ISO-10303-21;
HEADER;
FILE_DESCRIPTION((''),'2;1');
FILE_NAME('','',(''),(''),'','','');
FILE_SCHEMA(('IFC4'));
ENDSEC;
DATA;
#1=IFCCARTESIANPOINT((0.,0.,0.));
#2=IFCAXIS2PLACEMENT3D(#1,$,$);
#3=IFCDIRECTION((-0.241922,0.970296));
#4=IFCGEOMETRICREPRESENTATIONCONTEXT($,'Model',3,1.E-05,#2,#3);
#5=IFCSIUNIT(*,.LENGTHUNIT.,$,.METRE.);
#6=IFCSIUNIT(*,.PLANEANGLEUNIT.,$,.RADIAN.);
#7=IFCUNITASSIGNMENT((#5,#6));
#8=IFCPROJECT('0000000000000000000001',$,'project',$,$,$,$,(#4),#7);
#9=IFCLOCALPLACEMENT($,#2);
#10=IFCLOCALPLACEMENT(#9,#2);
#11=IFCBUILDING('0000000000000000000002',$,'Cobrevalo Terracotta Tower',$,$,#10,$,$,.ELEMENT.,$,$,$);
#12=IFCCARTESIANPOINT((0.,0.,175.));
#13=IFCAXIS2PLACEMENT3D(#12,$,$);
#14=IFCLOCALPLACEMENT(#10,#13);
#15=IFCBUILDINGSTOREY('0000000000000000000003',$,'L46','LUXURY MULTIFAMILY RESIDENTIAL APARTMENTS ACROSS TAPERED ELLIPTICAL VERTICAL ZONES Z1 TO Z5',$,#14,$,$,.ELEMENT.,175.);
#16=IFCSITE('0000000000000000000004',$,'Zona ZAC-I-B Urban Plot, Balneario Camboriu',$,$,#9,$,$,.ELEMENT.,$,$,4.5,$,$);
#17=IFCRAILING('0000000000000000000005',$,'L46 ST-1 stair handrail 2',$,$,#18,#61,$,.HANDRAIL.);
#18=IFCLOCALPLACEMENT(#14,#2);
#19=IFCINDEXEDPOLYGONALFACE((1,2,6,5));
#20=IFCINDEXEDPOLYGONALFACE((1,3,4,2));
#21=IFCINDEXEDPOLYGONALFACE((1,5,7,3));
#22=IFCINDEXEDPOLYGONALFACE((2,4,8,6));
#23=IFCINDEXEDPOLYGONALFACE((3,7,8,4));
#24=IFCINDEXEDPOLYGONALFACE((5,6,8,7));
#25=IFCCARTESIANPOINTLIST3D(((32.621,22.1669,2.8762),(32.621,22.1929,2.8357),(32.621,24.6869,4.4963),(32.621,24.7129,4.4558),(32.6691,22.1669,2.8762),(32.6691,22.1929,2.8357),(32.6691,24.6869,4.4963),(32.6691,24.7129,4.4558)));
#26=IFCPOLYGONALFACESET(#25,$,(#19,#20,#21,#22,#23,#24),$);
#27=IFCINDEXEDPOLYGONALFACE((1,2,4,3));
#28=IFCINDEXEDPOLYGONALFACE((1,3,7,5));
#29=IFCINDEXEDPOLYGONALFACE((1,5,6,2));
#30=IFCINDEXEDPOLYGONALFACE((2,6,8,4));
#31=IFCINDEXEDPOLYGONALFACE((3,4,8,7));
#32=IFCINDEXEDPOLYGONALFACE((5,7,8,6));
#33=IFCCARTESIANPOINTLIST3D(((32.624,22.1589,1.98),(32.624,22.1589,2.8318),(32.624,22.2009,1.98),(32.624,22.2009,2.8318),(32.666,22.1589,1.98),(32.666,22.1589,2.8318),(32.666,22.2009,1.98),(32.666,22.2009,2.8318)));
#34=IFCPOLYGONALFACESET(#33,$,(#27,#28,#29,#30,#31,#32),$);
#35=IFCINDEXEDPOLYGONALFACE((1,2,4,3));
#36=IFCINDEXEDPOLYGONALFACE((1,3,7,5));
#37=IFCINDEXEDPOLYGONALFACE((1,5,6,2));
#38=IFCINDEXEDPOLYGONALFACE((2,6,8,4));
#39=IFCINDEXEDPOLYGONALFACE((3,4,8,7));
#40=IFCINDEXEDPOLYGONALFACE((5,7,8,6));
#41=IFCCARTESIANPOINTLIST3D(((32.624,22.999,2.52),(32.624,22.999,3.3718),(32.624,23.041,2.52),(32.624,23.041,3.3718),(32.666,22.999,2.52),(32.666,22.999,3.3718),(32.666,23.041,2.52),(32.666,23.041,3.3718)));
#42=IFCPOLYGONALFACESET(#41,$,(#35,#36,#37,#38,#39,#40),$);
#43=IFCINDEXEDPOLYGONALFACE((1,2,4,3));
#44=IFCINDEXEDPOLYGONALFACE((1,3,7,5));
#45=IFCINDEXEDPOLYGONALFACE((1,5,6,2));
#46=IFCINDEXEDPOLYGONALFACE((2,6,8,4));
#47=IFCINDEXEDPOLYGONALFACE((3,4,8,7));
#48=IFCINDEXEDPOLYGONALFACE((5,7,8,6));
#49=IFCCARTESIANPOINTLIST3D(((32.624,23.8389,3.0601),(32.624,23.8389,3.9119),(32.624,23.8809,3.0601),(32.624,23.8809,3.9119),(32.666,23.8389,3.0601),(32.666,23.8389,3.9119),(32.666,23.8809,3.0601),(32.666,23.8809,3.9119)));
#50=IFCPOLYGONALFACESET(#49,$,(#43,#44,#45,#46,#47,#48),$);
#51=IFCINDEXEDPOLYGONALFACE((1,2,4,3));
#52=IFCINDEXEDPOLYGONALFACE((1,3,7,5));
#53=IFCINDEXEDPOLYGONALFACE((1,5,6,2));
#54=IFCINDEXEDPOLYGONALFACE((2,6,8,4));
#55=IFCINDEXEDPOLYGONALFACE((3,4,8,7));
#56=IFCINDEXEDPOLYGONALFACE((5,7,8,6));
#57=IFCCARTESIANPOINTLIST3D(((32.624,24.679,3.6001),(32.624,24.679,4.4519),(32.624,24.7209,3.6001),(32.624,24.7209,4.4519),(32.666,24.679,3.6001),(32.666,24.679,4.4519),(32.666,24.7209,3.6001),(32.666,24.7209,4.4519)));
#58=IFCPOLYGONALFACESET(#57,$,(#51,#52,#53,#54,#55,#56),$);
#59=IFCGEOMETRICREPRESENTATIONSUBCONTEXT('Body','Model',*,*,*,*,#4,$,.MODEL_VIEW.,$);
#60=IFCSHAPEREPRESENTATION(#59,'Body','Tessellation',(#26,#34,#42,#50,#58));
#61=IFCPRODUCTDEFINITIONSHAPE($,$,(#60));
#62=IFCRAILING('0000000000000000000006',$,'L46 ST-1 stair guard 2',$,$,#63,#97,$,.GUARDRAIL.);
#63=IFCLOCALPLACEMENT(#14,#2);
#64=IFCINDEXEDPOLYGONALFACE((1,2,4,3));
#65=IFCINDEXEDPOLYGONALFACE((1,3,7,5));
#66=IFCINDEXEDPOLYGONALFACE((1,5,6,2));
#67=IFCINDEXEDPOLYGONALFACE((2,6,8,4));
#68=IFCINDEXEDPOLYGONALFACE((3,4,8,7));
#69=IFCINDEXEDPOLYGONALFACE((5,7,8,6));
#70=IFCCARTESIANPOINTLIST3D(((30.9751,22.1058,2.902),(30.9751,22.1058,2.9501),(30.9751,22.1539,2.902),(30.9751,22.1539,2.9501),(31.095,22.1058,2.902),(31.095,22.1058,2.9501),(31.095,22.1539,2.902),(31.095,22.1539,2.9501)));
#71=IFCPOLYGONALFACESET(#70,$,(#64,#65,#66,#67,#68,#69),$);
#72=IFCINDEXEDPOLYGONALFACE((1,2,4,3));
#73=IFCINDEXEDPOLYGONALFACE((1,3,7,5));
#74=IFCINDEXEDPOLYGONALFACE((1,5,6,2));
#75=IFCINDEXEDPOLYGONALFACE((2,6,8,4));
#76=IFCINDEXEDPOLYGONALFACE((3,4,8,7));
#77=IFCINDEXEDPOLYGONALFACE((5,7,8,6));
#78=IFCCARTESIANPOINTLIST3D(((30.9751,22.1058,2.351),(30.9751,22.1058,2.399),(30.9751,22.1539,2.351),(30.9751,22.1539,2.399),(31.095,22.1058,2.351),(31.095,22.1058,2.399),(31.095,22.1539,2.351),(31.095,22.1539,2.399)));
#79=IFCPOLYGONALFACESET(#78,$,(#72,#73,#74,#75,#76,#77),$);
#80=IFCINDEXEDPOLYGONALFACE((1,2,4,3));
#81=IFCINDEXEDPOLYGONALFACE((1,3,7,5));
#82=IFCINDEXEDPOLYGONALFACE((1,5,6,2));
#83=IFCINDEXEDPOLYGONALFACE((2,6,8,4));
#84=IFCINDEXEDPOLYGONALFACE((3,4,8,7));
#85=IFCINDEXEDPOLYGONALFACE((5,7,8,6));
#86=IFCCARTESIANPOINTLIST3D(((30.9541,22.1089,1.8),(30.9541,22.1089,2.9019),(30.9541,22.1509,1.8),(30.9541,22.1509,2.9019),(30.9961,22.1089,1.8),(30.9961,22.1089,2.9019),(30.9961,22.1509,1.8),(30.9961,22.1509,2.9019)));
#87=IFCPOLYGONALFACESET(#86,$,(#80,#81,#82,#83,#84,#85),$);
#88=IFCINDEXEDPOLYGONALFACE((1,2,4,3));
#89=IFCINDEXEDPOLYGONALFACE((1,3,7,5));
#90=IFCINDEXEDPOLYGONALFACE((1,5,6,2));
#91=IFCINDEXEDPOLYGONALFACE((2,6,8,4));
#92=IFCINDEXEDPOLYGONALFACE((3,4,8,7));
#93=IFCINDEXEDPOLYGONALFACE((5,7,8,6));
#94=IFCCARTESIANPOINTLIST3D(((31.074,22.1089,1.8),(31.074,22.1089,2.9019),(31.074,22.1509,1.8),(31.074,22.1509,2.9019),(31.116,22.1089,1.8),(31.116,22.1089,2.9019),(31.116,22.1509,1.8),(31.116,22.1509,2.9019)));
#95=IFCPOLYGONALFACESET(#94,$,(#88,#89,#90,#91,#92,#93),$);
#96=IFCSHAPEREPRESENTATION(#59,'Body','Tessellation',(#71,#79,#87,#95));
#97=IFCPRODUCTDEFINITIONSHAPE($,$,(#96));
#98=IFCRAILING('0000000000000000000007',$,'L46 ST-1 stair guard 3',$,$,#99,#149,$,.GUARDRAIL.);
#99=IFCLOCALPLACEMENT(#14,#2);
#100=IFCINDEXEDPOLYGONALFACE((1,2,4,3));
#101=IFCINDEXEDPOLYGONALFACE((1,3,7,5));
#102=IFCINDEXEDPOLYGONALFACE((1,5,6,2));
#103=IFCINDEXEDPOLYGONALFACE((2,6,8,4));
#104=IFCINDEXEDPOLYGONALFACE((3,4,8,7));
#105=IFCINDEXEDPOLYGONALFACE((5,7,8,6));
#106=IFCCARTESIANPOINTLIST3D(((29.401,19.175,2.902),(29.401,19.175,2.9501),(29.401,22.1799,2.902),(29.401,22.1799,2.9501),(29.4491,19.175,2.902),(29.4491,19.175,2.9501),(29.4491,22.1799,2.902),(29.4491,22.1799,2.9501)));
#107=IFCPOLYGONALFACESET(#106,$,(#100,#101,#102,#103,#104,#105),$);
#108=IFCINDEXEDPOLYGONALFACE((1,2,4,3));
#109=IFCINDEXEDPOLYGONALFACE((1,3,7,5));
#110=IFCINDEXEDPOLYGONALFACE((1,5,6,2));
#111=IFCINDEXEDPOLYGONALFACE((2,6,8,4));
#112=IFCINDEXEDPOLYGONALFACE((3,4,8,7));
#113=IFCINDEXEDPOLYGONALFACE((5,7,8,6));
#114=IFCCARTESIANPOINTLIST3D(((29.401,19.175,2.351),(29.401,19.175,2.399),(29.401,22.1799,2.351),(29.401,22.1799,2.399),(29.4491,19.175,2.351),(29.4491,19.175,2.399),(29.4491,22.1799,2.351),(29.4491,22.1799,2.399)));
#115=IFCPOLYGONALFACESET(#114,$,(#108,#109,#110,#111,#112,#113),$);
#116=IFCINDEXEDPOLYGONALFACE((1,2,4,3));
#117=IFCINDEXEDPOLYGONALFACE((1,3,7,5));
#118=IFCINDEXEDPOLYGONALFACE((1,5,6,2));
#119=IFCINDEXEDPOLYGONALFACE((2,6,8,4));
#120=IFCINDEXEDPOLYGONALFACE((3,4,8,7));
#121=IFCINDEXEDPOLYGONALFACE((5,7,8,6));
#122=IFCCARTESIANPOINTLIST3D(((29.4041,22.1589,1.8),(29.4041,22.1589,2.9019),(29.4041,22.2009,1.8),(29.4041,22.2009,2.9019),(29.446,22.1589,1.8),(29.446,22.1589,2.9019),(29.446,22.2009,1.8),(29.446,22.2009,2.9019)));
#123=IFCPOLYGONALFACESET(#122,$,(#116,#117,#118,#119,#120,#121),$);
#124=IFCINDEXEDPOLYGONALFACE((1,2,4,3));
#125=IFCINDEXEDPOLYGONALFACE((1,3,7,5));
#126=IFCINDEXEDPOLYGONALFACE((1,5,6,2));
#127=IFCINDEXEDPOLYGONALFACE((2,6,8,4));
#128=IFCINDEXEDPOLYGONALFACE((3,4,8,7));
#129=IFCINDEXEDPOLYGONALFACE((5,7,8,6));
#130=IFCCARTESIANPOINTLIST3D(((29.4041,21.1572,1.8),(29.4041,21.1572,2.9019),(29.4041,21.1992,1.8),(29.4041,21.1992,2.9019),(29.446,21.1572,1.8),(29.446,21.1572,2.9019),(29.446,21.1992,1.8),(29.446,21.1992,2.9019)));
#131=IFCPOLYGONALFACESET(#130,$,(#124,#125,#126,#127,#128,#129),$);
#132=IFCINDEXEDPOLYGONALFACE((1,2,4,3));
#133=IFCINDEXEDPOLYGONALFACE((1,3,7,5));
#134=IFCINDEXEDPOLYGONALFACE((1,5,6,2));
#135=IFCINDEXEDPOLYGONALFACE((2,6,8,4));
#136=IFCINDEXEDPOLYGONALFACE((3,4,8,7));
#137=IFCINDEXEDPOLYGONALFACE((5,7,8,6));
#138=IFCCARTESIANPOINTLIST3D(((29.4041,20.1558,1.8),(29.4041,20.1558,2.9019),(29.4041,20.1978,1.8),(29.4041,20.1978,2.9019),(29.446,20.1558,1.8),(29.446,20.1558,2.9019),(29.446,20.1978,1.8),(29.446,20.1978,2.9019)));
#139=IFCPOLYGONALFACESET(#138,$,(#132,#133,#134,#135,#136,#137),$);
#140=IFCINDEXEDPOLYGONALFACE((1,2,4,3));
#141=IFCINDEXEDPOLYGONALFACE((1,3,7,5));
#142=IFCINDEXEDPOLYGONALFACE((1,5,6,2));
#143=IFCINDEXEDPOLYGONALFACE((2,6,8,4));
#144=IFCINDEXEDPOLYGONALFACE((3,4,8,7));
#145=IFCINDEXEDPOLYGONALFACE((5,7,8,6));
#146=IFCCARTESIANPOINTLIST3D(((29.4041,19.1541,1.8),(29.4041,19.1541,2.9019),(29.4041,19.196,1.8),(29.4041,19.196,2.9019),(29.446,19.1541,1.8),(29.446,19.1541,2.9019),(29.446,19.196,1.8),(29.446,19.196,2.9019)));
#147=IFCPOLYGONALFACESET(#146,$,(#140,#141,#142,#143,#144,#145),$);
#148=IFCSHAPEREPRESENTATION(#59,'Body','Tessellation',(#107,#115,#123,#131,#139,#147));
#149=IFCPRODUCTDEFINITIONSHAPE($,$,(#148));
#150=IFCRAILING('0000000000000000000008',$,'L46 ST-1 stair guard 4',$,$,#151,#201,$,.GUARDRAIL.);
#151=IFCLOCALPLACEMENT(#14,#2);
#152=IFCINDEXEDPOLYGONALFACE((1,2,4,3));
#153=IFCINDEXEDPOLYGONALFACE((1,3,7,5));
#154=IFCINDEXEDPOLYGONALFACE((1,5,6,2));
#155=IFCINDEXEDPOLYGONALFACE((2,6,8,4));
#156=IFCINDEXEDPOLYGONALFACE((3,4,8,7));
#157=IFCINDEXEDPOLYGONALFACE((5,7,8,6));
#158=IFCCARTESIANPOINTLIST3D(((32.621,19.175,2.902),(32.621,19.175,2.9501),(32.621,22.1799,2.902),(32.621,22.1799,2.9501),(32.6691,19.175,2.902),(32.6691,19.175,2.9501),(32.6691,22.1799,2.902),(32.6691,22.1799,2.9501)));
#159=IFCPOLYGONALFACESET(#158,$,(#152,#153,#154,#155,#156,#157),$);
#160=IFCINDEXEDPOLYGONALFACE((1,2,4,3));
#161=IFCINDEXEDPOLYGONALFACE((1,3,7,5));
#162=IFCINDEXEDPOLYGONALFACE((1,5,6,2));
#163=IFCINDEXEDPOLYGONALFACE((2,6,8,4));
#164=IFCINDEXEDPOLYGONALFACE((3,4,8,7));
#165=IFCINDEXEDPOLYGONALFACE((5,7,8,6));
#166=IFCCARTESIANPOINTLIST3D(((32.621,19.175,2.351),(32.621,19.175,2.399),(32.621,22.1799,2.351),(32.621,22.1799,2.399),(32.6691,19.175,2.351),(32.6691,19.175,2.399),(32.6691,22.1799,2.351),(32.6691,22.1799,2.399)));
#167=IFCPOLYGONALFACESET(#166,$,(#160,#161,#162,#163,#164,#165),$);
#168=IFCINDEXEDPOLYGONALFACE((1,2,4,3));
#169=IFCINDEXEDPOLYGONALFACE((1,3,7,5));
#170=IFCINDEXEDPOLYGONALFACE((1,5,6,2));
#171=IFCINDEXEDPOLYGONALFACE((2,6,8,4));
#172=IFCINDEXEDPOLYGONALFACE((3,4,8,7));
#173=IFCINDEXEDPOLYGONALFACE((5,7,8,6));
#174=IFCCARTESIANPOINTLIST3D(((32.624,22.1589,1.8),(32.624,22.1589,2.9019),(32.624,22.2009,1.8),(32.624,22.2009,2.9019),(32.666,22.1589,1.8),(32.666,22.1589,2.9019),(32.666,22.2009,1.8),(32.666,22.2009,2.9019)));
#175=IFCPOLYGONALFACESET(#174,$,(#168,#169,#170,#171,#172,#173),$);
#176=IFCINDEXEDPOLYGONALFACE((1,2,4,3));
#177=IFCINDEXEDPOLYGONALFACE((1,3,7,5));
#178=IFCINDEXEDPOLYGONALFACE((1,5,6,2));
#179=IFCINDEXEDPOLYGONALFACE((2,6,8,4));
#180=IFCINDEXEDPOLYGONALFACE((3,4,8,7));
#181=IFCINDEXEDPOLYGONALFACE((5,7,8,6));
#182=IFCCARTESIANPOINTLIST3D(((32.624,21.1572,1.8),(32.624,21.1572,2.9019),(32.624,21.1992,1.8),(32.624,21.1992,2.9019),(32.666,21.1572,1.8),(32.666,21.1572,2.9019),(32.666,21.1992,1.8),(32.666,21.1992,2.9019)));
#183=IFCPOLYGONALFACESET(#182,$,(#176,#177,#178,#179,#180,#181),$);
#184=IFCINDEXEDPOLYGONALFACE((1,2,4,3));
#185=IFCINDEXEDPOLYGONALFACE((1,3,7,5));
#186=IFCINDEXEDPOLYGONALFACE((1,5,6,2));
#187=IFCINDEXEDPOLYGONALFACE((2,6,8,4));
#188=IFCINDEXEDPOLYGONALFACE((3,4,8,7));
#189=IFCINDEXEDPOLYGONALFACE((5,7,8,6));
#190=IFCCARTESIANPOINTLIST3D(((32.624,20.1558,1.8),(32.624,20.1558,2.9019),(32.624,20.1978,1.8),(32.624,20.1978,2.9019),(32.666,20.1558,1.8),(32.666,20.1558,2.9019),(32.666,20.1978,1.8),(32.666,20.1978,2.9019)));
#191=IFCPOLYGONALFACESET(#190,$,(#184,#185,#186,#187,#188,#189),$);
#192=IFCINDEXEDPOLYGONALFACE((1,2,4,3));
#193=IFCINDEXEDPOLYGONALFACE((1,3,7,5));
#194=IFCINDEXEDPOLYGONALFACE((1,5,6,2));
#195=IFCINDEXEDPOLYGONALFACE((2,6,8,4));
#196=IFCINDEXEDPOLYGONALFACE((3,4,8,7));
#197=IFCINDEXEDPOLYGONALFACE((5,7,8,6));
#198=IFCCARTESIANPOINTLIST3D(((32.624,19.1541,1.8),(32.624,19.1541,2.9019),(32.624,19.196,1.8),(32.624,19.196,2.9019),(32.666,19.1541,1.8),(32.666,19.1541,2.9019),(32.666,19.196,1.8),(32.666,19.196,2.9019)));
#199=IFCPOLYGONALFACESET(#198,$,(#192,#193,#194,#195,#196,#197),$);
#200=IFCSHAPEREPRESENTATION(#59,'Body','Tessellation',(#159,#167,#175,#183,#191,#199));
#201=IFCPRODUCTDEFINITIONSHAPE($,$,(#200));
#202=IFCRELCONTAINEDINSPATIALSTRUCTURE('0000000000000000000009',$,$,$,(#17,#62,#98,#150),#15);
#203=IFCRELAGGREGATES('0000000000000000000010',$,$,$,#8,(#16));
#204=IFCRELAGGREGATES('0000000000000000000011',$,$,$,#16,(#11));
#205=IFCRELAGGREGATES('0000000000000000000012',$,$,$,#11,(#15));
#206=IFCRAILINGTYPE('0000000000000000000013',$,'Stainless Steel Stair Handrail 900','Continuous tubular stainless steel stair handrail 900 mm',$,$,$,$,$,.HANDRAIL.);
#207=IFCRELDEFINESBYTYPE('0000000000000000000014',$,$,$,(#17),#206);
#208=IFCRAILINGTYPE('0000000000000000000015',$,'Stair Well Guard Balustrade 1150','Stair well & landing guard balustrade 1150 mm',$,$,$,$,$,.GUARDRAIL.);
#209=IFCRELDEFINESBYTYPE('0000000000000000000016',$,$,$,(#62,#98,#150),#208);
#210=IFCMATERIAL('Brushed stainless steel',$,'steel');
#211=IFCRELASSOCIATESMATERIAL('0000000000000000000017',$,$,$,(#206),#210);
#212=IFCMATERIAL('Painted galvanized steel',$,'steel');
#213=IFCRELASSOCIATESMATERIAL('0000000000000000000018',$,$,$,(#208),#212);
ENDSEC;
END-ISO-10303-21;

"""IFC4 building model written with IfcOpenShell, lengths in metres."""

from ifc_helpers import new_model, si_unit, direction, frame, origin, origin_2d, place, context, subcontext, project, spatial, rectangle, extrude, material, type_object, element, save


model = new_model("IFC4")

# Units and contexts
model_context = context("Model", 3, precision=1e-05, world=origin(), true_north=direction((-0.241922, 0.970296)))
body_context = subcontext(model_context, "Body", "Model", "MODEL_VIEW")
ifc_project = project(units=[si_unit("LENGTHUNIT", "METRE"), si_unit("PLANEANGLEUNIT", "RADIAN")], contexts=[model_context])

# Site, building, storey
site_placement = place(None, origin())
site = spatial("IfcSite", under=ifc_project, at=site_placement, Name="Zona ZAC-I-B Urban Plot, Balneario Camboriu", CompositionType="ELEMENT", RefElevation=4.5)
building_placement = place(site_placement, origin())
building = spatial("IfcBuilding", under=site, at=building_placement, Name="Cobrevalo Terracotta Tower", CompositionType="ELEMENT")
storey_placement = place(building_placement, frame((0.0, 0.0, 175.0)))
storey = spatial("IfcBuildingStorey", under=building, at=storey_placement, Name="L46", Description="LUXURY MULTIFAMILY RESIDENTIAL APARTMENTS ACROSS TAPERED ELLIPTICAL VERTICAL ZONES Z1 TO Z5", CompositionType="ELEMENT", Elevation=175.0)

# Railings
ifc_material_1 = material(Name="Brushed stainless steel", Category="steel")
railing_type_1 = type_object("IfcRailingType", Name="Stainless Steel Stair Handrail 900", Description="Continuous tubular stainless steel stair handrail 900 mm", PredefinedType="HANDRAIL", material=ifc_material_1)
railing_1_placement = place(storey_placement, frame((32.645, 22.1799, 1.98)))
element("IfcRailing", 1, at=railing_1_placement, inside=storey, type_object=railing_type_1, Name="L46 ST-1 stair handrail 2", PredefinedType="HANDRAIL", context=body_context, shape_type="SweptSolid", body=[
    extrude(rectangle(XDim=0.0481, YDim=0.0481, at=origin_2d()), frame((0.0, 0.0, 0.876), z_axis=(0.0, 0.841163, 0.540782), x_axis=(-1.0, 0.0, 0.0)), (0.0, 0.0, 1.0), 2.9958),
    extrude(rectangle(XDim=0.042, YDim=0.042, at=origin_2d()), origin(), (0.0, 0.0, 1.0), 0.8518),
    extrude(rectangle(XDim=0.042, YDim=0.042, at=origin_2d()), frame((0.0, 0.8401, 0.54)), (0.0, 0.0, 1.0), 0.8518),
    extrude(rectangle(XDim=0.042, YDim=0.042, at=origin_2d()), frame((0.0, 1.6799, 1.0801)), (0.0, 0.0, 1.0), 0.8518),
    extrude(rectangle(XDim=0.042, YDim=0.042, at=origin_2d()), frame((0.0, 2.52, 1.6201)), (0.0, 0.0, 1.0), 0.8518),
])
ifc_material_2 = material(Name="Painted galvanized steel", Category="steel")
railing_type_2 = type_object("IfcRailingType", Name="Stair Well Guard Balustrade 1150", Description="Stair well & landing guard balustrade 1150 mm", PredefinedType="GUARDRAIL", material=ifc_material_2)
railing_2_placement = place(storey_placement, frame((30.9751, 22.1299, 1.8)))
element("IfcRailing", 2, at=railing_2_placement, inside=storey, type_object=railing_type_2, Name="L46 ST-1 stair guard 2", PredefinedType="GUARDRAIL", context=body_context, shape_type="SweptSolid", body=[
    extrude(rectangle(XDim=0.0481, YDim=0.0481, at=origin_2d()), frame((0.0, 0.0, 1.126), z_axis=(1.0, 0.0, 0.0), x_axis=(0.0, 1.0, 0.0)), (0.0, 0.0, 1.0), 0.1199),
    extrude(rectangle(XDim=0.0481, YDim=0.0481, at=origin_2d()), frame((0.0, 0.0, 0.575), z_axis=(1.0, 0.0, 0.0), x_axis=(0.0, 1.0, 0.0)), (0.0, 0.0, 1.0), 0.1199),
    extrude(rectangle(XDim=0.042, YDim=0.042, at=origin_2d()), origin(), (0.0, 0.0, 1.0), 1.1018),
    extrude(rectangle(XDim=0.042, YDim=0.042, at=origin_2d()), frame((0.1199, 0.0, 0.0)), (0.0, 0.0, 1.0), 1.1018),
])
for number, where, name in (
    (3, (29.425, 22.1799, 1.8), "L46 ST-1 stair guard 3"),
    (4, (32.645, 22.1799, 1.8), "L46 ST-1 stair guard 4"),
):
    element("IfcRailing", number, at=place(storey_placement, frame(where)), inside=storey, type_object=railing_type_2, Name=name, PredefinedType="GUARDRAIL", context=body_context, shape_type="SweptSolid", body=[
        extrude(rectangle(XDim=0.0481, YDim=0.0481, at=origin_2d()), frame((0.0, 0.0, 1.126), z_axis=(0.0, -1.0, 0.0), x_axis=(1.0, 0.0, 0.0)), (0.0, 0.0, 1.0), 3.0049),
        extrude(rectangle(XDim=0.0481, YDim=0.0481, at=origin_2d()), frame((0.0, 0.0, 0.575), z_axis=(0.0, -1.0, 0.0), x_axis=(1.0, 0.0, 0.0)), (0.0, 0.0, 1.0), 3.0049),
        extrude(rectangle(XDim=0.042, YDim=0.042, at=origin_2d()), origin(), (0.0, 0.0, 1.0), 1.1018),
        extrude(rectangle(XDim=0.042, YDim=0.042, at=origin_2d()), frame((0.0, -1.0017, 0.0)), (0.0, 0.0, 1.0), 1.1018),
        extrude(rectangle(XDim=0.042, YDim=0.042, at=origin_2d()), frame((0.0, -2.0032, 0.0)), (0.0, 0.0, 1.0), 1.1018),
        extrude(rectangle(XDim=0.042, YDim=0.042, at=origin_2d()), frame((0.0, -3.0049, 0.0)), (0.0, 0.0, 1.0), 1.1018),
    ])

save(model, "model.ifc")
